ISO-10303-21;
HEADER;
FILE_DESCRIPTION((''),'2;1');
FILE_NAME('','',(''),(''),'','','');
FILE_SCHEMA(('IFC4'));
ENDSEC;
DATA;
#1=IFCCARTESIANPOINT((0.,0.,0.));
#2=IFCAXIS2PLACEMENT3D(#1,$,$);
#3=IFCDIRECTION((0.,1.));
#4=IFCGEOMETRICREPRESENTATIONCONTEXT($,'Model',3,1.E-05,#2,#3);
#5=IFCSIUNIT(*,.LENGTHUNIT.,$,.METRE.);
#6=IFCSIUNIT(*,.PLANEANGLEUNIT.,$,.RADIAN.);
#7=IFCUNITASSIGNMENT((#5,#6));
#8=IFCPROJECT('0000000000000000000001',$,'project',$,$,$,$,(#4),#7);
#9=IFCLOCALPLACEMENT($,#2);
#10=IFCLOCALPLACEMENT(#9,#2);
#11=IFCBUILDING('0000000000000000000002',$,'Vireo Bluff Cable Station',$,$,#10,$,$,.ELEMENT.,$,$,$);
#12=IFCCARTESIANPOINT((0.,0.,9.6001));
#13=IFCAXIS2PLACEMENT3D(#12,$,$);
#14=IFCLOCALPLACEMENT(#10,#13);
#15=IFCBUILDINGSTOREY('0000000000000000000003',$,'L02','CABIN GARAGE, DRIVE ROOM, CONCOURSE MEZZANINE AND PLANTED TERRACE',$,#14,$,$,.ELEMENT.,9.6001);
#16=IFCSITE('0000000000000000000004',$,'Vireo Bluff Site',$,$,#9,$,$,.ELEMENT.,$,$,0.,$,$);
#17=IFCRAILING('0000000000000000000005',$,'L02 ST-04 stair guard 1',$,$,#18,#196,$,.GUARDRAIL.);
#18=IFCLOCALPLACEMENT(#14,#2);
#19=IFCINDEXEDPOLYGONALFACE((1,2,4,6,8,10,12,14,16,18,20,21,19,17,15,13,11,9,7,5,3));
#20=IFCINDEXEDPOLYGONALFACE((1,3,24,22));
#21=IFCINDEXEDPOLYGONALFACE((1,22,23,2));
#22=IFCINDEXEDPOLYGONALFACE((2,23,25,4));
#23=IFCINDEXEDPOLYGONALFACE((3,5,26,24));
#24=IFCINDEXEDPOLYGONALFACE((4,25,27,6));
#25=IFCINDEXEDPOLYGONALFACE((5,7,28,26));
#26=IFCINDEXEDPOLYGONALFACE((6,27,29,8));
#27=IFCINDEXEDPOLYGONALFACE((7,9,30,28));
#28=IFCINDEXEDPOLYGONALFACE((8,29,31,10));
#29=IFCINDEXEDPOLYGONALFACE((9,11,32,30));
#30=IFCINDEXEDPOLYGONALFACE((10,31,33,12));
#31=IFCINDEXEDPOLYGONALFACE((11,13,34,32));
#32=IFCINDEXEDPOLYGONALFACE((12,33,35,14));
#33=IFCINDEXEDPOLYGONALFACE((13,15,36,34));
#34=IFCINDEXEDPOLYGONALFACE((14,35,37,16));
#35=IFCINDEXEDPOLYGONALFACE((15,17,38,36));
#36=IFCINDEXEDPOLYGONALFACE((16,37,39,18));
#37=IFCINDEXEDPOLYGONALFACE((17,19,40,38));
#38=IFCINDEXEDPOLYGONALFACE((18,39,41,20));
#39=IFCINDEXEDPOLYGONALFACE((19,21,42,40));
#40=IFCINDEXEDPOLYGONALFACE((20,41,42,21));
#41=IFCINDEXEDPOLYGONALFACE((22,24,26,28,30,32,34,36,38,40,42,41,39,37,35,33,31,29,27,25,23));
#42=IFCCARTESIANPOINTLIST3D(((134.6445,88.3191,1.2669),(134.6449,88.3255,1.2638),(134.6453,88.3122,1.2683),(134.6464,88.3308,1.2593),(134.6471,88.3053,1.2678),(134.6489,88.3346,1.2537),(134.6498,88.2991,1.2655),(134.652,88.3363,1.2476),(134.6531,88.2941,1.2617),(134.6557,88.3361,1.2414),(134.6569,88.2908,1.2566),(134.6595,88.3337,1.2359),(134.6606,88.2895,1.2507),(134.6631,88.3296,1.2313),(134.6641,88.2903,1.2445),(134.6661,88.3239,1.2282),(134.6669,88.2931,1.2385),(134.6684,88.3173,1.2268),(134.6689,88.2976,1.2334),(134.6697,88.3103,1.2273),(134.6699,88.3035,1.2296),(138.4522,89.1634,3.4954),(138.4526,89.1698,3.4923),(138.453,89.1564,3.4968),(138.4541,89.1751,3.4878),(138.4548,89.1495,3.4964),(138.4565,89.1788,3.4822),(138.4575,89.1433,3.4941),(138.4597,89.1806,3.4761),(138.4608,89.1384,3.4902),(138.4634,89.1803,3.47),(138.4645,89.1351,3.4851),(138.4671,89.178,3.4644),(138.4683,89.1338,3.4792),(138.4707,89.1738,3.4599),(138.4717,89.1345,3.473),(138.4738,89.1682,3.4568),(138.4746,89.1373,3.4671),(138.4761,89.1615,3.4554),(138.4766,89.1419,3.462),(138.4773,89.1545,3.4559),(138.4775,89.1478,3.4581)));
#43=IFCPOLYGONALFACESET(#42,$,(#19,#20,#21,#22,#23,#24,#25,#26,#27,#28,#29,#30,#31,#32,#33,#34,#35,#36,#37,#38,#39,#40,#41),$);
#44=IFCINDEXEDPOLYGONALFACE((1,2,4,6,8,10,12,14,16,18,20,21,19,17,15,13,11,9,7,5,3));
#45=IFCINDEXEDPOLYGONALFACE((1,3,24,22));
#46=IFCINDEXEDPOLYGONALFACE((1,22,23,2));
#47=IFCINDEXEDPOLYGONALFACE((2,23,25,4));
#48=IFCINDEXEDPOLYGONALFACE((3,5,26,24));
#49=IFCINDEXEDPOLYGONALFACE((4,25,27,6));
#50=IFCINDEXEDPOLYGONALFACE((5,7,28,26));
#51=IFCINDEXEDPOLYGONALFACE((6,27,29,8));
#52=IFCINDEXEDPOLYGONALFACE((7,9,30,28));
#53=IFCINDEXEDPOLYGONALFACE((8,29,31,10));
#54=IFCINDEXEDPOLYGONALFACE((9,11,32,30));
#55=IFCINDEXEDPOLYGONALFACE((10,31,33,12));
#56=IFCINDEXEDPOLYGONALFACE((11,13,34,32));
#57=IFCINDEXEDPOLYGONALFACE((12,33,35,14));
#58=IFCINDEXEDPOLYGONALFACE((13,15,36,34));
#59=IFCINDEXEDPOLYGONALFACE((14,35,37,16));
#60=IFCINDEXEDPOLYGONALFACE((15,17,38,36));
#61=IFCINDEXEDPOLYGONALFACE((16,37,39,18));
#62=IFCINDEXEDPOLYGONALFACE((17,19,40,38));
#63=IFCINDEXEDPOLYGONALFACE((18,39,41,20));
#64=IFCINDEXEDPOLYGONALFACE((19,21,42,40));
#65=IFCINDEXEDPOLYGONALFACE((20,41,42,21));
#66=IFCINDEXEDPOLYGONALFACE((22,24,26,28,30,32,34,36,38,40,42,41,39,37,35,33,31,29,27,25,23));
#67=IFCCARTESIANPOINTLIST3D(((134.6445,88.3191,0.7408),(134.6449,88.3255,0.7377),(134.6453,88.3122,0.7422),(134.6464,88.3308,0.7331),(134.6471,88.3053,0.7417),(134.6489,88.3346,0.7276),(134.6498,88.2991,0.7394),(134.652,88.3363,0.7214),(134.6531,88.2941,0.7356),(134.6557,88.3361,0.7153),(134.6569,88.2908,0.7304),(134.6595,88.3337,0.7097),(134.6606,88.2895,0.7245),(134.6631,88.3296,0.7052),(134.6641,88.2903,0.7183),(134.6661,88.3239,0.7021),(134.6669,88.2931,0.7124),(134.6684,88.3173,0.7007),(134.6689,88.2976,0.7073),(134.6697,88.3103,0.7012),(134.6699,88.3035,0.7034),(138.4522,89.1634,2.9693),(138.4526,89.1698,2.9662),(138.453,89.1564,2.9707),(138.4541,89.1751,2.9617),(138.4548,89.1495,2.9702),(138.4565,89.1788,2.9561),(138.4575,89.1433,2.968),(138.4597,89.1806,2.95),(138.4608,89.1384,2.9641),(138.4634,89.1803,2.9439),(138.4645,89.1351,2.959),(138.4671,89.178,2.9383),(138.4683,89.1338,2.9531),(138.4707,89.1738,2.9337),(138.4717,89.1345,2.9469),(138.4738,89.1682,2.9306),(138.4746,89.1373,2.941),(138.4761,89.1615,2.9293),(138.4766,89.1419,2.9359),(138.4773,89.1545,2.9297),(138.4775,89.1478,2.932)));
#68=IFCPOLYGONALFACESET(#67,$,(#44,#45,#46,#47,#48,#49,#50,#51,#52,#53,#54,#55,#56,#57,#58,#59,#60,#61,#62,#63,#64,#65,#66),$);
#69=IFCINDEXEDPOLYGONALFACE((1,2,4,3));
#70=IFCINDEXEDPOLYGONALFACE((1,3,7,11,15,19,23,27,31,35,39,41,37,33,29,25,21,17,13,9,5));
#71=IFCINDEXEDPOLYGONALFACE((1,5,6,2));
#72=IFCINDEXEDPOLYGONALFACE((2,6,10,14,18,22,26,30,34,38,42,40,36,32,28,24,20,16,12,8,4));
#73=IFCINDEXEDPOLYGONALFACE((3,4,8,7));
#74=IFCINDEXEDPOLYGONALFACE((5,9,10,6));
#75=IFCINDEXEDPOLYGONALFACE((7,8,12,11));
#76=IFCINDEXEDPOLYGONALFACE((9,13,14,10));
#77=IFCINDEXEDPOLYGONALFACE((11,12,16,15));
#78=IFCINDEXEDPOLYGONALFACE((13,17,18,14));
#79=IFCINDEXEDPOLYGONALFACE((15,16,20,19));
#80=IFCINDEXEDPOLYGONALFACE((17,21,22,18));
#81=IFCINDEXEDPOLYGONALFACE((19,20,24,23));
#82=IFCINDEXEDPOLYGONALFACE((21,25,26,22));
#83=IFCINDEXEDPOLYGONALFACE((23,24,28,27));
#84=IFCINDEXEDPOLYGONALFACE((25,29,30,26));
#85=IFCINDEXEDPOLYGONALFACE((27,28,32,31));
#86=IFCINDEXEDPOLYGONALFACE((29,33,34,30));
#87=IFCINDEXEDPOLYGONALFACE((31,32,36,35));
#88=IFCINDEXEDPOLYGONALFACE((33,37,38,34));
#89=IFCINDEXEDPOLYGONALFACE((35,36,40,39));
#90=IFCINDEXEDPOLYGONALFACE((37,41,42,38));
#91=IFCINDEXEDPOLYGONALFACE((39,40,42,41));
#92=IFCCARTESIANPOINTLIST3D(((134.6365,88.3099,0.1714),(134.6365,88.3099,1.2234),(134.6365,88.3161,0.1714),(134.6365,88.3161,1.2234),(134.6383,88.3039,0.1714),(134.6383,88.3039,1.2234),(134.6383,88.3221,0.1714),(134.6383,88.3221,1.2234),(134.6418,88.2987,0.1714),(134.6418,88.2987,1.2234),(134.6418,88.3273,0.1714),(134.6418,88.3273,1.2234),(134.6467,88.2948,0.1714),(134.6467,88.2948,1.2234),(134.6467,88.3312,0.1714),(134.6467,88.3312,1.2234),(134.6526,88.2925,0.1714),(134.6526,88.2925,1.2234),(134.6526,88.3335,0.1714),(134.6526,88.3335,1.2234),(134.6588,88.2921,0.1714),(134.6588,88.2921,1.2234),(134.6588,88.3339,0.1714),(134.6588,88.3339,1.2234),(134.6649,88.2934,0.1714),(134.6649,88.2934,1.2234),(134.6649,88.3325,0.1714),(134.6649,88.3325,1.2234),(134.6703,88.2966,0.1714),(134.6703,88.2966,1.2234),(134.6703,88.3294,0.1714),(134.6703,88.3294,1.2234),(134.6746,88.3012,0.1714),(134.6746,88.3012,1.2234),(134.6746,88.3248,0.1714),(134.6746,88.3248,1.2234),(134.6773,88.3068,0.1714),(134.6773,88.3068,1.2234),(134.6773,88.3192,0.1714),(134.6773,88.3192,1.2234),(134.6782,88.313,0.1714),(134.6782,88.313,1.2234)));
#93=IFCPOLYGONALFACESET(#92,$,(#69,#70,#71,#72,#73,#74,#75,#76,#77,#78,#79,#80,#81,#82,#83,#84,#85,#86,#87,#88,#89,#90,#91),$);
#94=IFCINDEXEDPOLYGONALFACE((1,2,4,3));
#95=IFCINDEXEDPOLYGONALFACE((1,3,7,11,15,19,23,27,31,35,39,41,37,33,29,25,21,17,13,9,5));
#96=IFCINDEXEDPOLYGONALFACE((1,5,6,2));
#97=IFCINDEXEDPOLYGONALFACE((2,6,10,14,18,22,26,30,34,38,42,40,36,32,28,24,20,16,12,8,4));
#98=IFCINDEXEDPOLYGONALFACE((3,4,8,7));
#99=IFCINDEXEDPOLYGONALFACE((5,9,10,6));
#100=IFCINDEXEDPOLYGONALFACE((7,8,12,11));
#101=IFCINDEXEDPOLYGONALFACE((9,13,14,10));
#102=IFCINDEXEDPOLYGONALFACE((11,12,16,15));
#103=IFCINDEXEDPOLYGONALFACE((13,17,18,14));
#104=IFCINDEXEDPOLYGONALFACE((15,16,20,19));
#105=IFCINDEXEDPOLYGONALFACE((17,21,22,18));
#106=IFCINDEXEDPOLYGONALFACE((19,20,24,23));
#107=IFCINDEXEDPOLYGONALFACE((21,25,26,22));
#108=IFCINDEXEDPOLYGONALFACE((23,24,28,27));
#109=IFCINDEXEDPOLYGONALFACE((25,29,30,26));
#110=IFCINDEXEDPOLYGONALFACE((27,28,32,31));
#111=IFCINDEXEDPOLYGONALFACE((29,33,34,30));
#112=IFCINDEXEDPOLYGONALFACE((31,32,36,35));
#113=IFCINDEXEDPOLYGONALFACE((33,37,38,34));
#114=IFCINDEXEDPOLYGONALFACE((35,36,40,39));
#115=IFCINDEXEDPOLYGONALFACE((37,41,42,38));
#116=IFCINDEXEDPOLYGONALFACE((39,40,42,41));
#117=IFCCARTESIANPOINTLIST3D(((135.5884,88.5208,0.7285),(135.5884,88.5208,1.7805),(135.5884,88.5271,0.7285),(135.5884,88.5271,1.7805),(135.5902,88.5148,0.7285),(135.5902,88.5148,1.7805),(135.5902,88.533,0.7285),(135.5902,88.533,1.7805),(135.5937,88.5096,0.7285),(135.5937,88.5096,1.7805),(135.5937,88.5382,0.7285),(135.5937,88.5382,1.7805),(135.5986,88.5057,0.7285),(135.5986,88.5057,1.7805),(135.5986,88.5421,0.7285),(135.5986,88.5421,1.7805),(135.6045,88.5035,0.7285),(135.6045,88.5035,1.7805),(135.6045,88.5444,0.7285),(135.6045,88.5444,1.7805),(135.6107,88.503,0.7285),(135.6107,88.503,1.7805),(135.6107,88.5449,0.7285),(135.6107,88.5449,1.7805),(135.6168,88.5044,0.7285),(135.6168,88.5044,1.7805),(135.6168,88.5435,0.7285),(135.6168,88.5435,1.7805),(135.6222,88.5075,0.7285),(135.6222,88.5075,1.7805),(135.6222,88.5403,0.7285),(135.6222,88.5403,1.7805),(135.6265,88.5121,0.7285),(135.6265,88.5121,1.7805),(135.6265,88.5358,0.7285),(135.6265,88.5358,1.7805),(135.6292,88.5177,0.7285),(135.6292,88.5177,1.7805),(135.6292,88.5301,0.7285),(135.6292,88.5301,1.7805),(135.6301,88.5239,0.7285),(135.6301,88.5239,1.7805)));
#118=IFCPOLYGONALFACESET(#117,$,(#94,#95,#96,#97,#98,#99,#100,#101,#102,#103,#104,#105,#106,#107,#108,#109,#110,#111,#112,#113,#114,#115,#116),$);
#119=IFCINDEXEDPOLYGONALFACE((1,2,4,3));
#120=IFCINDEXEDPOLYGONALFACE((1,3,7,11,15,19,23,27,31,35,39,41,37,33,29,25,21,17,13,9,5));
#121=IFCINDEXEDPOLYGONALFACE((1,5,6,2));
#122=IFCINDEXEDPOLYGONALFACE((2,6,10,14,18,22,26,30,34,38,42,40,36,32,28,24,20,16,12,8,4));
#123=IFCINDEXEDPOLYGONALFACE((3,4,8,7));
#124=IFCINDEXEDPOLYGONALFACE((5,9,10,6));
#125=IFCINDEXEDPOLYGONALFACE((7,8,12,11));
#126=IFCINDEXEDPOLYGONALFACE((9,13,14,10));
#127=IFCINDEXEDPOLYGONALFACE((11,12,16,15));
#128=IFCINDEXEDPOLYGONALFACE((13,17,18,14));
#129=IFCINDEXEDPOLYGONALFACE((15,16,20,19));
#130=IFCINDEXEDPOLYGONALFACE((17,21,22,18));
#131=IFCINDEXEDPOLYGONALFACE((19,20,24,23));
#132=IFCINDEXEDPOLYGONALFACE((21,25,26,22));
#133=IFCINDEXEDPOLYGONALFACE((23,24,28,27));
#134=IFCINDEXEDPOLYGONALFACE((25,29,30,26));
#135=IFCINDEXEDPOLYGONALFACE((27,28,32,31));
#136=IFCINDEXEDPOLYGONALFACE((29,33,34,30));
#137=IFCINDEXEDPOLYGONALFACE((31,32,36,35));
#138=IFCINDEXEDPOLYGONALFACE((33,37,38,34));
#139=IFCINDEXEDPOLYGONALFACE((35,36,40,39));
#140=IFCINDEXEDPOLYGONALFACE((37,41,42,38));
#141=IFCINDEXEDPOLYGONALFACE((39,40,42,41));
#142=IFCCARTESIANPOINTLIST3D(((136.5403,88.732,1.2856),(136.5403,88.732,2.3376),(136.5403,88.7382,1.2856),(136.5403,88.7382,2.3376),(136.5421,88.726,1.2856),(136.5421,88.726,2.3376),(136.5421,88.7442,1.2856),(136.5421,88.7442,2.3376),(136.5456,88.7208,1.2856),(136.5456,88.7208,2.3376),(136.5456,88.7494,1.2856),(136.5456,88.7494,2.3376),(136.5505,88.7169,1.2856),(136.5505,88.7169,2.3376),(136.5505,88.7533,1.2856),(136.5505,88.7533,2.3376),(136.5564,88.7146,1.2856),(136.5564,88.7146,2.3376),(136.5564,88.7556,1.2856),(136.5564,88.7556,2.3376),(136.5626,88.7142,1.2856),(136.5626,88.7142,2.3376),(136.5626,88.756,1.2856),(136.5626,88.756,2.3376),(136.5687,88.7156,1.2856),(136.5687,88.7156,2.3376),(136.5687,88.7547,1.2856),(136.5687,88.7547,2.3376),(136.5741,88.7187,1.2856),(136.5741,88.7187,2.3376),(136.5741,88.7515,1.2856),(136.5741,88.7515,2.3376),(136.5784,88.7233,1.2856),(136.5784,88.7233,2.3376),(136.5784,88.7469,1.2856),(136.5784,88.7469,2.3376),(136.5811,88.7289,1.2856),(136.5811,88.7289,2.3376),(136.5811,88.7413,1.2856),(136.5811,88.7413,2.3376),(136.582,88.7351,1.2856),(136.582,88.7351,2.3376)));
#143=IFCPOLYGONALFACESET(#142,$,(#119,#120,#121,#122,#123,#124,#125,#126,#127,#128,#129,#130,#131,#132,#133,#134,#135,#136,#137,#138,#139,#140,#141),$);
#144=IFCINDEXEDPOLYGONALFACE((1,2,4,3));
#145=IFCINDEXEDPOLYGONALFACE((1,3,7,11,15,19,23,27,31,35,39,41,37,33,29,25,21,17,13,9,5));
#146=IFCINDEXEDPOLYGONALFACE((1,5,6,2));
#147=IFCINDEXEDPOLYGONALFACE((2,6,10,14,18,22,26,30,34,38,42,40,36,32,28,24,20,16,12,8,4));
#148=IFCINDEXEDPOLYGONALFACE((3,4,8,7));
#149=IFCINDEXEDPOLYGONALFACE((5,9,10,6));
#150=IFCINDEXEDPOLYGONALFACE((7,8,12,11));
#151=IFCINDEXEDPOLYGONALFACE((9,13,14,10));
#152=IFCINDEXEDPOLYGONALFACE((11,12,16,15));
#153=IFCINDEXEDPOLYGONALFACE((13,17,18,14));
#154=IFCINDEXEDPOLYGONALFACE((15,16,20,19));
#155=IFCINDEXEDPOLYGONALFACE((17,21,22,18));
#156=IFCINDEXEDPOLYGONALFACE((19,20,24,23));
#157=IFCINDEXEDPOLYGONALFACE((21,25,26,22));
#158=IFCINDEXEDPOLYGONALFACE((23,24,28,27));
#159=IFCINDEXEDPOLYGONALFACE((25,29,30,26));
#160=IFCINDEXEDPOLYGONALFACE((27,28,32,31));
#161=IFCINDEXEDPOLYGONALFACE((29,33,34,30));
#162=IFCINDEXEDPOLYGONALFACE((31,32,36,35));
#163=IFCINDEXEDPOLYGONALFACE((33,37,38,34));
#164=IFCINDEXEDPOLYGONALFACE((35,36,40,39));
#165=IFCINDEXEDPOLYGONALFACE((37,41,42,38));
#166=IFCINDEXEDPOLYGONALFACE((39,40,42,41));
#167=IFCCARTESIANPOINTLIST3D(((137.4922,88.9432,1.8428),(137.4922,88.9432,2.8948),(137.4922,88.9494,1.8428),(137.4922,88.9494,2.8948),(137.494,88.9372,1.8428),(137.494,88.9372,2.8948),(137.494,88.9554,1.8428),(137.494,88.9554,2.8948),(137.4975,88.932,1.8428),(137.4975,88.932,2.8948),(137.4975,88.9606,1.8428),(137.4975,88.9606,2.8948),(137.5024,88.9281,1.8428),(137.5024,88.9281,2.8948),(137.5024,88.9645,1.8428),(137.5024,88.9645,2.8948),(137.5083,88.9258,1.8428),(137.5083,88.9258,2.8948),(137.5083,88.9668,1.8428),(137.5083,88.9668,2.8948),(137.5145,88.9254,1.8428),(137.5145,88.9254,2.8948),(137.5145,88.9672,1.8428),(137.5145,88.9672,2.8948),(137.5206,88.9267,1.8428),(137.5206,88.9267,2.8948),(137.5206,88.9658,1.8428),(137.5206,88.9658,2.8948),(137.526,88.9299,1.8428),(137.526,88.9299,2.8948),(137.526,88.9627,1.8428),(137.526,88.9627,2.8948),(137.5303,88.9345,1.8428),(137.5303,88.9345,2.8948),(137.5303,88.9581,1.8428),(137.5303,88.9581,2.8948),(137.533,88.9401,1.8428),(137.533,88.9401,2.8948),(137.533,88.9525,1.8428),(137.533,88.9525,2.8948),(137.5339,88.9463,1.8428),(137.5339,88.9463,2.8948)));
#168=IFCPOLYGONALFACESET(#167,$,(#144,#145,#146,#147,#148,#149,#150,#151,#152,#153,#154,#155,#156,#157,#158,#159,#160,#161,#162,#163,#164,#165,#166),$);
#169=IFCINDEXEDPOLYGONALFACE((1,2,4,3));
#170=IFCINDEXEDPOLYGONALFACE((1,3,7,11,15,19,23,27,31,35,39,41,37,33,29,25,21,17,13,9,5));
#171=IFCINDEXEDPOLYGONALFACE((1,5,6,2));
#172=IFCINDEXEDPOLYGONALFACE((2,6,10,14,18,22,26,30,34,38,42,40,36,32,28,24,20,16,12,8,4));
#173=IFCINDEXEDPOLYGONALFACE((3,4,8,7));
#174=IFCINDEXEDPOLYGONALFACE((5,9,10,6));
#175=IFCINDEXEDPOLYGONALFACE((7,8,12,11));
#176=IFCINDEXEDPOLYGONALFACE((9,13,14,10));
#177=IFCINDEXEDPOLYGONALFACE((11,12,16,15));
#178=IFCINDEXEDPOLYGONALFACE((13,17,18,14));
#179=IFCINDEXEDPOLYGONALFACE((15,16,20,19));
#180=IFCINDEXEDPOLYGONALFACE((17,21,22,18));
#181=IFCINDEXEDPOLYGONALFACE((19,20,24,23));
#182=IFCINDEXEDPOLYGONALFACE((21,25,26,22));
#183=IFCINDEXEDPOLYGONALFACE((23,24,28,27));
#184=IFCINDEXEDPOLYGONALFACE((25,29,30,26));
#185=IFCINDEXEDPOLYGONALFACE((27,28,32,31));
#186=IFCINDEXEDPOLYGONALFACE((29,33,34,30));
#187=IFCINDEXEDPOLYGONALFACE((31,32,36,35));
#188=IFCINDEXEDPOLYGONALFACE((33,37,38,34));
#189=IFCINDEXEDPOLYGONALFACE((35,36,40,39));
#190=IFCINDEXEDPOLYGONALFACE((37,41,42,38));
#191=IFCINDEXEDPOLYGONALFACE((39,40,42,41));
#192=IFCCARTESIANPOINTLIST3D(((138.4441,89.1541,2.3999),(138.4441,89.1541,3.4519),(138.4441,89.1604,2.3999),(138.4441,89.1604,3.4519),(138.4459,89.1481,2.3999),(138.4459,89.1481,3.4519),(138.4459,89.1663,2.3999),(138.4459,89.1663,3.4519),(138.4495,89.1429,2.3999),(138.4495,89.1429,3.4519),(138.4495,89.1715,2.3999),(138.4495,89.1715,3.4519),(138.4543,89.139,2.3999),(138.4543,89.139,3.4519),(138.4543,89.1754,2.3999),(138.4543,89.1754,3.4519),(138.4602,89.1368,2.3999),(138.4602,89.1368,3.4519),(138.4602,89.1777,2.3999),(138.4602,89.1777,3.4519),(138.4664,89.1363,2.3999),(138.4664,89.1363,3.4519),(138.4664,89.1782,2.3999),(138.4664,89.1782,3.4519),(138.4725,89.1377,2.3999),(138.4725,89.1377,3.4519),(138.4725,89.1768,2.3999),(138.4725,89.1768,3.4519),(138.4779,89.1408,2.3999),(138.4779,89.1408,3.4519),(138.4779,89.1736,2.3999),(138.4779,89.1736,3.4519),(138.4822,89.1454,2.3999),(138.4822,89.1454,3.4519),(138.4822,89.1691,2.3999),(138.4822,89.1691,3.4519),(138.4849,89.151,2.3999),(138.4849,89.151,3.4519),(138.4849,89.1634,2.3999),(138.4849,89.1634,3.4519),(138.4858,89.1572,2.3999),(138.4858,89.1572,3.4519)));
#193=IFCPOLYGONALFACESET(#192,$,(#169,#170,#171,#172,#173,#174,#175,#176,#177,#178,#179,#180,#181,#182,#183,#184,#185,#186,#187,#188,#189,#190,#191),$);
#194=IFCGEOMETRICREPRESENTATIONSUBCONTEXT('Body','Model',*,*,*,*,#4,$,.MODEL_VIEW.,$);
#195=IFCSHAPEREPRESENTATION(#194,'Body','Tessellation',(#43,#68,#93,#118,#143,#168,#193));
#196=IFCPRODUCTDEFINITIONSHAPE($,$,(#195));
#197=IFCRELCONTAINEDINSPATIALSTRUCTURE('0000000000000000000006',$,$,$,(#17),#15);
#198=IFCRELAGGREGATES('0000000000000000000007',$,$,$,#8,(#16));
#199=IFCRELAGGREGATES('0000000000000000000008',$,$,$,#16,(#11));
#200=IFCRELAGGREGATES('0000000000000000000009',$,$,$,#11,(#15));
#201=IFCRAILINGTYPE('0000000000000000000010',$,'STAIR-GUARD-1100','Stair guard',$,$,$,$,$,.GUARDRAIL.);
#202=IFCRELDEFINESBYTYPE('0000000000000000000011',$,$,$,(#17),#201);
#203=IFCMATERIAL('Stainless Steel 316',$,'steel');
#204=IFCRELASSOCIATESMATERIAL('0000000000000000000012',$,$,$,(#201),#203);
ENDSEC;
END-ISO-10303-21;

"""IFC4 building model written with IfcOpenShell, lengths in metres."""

from ifc_helpers import new_model, si_unit, direction, frame, origin, origin_2d, place, context, subcontext, project, spatial, circle, extrude, material, type_object, element, save


model = new_model("IFC4")

# Units and contexts
model_context = context("Model", 3, precision=1e-05, world=origin(), true_north=direction((0.0, 1.0)))
body_context = subcontext(model_context, "Body", "Model", "MODEL_VIEW")
ifc_project = project(units=[si_unit("LENGTHUNIT", "METRE"), si_unit("PLANEANGLEUNIT", "RADIAN")], contexts=[model_context])

# Site, building, storey
site_placement = place(None, origin())
site = spatial("IfcSite", under=ifc_project, at=site_placement, Name="Vireo Bluff Site", CompositionType="ELEMENT", RefElevation=0.0)
building_placement = place(site_placement, origin())
building = spatial("IfcBuilding", under=site, at=building_placement, Name="Vireo Bluff Cable Station", CompositionType="ELEMENT")
storey_placement = place(building_placement, frame((0.0, 0.0, 9.6001)))
storey = spatial("IfcBuildingStorey", under=building, at=storey_placement, Name="L02", Description="CABIN GARAGE, DRIVE ROOM, CONCOURSE MEZZANINE AND PLANTED TERRACE", CompositionType="ELEMENT", Elevation=9.6001)

# Shared definitions
ifc_material_1 = material(Name="Stainless Steel 316", Category="steel")

# Railing
railing_type_1 = type_object("IfcRailingType", Name="STAIR-GUARD-1100", Description="Stair guard", PredefinedType="GUARDRAIL", material=ifc_material_1)
railing_1_placement = place(storey_placement, frame((134.6572, 88.313, 0.1714)))
element("IfcRailing", 1, at=railing_1_placement, inside=storey, type_object=railing_type_1, Name="L02 ST-04 stair guard 1", PredefinedType="GUARDRAIL", context=body_context, shape_type="SweptSolid", body=[
    extrude(circle(Radius=0.0239, at=origin_2d()), frame((0.0, 0.0, 1.0762), z_axis=(0.847667, 0.187948, 0.496121), x_axis=(-0.216466, 0.97629, 0.0)), (0.0, 0.0, 1.0), 4.4919),
    extrude(circle(Radius=0.0239, at=origin_2d()), frame((0.0, 0.0, 0.55), z_axis=(0.847667, 0.187948, 0.496121), x_axis=(-0.216466, 0.97629, 0.0)), (0.0, 0.0, 1.0), 4.4919),
    extrude(circle(Radius=0.021, at=origin_2d()), origin(), (0.0, 0.0, 1.0), 1.052),
    extrude(circle(Radius=0.021, at=origin_2d()), frame((0.9519, 0.2109, 0.5571)), (0.0, 0.0, 1.0), 1.052),
    extrude(circle(Radius=0.021, at=origin_2d()), frame((1.9038, 0.4221, 1.1143)), (0.0, 0.0, 1.0), 1.052),
    extrude(circle(Radius=0.021, at=origin_2d()), frame((2.8557, 0.6333, 1.6714)), (0.0, 0.0, 1.0), 1.052),
    extrude(circle(Radius=0.021, at=origin_2d()), frame((3.8076, 0.8442, 2.2285)), (0.0, 0.0, 1.0), 1.052),
])

save(model, "model.ifc")
